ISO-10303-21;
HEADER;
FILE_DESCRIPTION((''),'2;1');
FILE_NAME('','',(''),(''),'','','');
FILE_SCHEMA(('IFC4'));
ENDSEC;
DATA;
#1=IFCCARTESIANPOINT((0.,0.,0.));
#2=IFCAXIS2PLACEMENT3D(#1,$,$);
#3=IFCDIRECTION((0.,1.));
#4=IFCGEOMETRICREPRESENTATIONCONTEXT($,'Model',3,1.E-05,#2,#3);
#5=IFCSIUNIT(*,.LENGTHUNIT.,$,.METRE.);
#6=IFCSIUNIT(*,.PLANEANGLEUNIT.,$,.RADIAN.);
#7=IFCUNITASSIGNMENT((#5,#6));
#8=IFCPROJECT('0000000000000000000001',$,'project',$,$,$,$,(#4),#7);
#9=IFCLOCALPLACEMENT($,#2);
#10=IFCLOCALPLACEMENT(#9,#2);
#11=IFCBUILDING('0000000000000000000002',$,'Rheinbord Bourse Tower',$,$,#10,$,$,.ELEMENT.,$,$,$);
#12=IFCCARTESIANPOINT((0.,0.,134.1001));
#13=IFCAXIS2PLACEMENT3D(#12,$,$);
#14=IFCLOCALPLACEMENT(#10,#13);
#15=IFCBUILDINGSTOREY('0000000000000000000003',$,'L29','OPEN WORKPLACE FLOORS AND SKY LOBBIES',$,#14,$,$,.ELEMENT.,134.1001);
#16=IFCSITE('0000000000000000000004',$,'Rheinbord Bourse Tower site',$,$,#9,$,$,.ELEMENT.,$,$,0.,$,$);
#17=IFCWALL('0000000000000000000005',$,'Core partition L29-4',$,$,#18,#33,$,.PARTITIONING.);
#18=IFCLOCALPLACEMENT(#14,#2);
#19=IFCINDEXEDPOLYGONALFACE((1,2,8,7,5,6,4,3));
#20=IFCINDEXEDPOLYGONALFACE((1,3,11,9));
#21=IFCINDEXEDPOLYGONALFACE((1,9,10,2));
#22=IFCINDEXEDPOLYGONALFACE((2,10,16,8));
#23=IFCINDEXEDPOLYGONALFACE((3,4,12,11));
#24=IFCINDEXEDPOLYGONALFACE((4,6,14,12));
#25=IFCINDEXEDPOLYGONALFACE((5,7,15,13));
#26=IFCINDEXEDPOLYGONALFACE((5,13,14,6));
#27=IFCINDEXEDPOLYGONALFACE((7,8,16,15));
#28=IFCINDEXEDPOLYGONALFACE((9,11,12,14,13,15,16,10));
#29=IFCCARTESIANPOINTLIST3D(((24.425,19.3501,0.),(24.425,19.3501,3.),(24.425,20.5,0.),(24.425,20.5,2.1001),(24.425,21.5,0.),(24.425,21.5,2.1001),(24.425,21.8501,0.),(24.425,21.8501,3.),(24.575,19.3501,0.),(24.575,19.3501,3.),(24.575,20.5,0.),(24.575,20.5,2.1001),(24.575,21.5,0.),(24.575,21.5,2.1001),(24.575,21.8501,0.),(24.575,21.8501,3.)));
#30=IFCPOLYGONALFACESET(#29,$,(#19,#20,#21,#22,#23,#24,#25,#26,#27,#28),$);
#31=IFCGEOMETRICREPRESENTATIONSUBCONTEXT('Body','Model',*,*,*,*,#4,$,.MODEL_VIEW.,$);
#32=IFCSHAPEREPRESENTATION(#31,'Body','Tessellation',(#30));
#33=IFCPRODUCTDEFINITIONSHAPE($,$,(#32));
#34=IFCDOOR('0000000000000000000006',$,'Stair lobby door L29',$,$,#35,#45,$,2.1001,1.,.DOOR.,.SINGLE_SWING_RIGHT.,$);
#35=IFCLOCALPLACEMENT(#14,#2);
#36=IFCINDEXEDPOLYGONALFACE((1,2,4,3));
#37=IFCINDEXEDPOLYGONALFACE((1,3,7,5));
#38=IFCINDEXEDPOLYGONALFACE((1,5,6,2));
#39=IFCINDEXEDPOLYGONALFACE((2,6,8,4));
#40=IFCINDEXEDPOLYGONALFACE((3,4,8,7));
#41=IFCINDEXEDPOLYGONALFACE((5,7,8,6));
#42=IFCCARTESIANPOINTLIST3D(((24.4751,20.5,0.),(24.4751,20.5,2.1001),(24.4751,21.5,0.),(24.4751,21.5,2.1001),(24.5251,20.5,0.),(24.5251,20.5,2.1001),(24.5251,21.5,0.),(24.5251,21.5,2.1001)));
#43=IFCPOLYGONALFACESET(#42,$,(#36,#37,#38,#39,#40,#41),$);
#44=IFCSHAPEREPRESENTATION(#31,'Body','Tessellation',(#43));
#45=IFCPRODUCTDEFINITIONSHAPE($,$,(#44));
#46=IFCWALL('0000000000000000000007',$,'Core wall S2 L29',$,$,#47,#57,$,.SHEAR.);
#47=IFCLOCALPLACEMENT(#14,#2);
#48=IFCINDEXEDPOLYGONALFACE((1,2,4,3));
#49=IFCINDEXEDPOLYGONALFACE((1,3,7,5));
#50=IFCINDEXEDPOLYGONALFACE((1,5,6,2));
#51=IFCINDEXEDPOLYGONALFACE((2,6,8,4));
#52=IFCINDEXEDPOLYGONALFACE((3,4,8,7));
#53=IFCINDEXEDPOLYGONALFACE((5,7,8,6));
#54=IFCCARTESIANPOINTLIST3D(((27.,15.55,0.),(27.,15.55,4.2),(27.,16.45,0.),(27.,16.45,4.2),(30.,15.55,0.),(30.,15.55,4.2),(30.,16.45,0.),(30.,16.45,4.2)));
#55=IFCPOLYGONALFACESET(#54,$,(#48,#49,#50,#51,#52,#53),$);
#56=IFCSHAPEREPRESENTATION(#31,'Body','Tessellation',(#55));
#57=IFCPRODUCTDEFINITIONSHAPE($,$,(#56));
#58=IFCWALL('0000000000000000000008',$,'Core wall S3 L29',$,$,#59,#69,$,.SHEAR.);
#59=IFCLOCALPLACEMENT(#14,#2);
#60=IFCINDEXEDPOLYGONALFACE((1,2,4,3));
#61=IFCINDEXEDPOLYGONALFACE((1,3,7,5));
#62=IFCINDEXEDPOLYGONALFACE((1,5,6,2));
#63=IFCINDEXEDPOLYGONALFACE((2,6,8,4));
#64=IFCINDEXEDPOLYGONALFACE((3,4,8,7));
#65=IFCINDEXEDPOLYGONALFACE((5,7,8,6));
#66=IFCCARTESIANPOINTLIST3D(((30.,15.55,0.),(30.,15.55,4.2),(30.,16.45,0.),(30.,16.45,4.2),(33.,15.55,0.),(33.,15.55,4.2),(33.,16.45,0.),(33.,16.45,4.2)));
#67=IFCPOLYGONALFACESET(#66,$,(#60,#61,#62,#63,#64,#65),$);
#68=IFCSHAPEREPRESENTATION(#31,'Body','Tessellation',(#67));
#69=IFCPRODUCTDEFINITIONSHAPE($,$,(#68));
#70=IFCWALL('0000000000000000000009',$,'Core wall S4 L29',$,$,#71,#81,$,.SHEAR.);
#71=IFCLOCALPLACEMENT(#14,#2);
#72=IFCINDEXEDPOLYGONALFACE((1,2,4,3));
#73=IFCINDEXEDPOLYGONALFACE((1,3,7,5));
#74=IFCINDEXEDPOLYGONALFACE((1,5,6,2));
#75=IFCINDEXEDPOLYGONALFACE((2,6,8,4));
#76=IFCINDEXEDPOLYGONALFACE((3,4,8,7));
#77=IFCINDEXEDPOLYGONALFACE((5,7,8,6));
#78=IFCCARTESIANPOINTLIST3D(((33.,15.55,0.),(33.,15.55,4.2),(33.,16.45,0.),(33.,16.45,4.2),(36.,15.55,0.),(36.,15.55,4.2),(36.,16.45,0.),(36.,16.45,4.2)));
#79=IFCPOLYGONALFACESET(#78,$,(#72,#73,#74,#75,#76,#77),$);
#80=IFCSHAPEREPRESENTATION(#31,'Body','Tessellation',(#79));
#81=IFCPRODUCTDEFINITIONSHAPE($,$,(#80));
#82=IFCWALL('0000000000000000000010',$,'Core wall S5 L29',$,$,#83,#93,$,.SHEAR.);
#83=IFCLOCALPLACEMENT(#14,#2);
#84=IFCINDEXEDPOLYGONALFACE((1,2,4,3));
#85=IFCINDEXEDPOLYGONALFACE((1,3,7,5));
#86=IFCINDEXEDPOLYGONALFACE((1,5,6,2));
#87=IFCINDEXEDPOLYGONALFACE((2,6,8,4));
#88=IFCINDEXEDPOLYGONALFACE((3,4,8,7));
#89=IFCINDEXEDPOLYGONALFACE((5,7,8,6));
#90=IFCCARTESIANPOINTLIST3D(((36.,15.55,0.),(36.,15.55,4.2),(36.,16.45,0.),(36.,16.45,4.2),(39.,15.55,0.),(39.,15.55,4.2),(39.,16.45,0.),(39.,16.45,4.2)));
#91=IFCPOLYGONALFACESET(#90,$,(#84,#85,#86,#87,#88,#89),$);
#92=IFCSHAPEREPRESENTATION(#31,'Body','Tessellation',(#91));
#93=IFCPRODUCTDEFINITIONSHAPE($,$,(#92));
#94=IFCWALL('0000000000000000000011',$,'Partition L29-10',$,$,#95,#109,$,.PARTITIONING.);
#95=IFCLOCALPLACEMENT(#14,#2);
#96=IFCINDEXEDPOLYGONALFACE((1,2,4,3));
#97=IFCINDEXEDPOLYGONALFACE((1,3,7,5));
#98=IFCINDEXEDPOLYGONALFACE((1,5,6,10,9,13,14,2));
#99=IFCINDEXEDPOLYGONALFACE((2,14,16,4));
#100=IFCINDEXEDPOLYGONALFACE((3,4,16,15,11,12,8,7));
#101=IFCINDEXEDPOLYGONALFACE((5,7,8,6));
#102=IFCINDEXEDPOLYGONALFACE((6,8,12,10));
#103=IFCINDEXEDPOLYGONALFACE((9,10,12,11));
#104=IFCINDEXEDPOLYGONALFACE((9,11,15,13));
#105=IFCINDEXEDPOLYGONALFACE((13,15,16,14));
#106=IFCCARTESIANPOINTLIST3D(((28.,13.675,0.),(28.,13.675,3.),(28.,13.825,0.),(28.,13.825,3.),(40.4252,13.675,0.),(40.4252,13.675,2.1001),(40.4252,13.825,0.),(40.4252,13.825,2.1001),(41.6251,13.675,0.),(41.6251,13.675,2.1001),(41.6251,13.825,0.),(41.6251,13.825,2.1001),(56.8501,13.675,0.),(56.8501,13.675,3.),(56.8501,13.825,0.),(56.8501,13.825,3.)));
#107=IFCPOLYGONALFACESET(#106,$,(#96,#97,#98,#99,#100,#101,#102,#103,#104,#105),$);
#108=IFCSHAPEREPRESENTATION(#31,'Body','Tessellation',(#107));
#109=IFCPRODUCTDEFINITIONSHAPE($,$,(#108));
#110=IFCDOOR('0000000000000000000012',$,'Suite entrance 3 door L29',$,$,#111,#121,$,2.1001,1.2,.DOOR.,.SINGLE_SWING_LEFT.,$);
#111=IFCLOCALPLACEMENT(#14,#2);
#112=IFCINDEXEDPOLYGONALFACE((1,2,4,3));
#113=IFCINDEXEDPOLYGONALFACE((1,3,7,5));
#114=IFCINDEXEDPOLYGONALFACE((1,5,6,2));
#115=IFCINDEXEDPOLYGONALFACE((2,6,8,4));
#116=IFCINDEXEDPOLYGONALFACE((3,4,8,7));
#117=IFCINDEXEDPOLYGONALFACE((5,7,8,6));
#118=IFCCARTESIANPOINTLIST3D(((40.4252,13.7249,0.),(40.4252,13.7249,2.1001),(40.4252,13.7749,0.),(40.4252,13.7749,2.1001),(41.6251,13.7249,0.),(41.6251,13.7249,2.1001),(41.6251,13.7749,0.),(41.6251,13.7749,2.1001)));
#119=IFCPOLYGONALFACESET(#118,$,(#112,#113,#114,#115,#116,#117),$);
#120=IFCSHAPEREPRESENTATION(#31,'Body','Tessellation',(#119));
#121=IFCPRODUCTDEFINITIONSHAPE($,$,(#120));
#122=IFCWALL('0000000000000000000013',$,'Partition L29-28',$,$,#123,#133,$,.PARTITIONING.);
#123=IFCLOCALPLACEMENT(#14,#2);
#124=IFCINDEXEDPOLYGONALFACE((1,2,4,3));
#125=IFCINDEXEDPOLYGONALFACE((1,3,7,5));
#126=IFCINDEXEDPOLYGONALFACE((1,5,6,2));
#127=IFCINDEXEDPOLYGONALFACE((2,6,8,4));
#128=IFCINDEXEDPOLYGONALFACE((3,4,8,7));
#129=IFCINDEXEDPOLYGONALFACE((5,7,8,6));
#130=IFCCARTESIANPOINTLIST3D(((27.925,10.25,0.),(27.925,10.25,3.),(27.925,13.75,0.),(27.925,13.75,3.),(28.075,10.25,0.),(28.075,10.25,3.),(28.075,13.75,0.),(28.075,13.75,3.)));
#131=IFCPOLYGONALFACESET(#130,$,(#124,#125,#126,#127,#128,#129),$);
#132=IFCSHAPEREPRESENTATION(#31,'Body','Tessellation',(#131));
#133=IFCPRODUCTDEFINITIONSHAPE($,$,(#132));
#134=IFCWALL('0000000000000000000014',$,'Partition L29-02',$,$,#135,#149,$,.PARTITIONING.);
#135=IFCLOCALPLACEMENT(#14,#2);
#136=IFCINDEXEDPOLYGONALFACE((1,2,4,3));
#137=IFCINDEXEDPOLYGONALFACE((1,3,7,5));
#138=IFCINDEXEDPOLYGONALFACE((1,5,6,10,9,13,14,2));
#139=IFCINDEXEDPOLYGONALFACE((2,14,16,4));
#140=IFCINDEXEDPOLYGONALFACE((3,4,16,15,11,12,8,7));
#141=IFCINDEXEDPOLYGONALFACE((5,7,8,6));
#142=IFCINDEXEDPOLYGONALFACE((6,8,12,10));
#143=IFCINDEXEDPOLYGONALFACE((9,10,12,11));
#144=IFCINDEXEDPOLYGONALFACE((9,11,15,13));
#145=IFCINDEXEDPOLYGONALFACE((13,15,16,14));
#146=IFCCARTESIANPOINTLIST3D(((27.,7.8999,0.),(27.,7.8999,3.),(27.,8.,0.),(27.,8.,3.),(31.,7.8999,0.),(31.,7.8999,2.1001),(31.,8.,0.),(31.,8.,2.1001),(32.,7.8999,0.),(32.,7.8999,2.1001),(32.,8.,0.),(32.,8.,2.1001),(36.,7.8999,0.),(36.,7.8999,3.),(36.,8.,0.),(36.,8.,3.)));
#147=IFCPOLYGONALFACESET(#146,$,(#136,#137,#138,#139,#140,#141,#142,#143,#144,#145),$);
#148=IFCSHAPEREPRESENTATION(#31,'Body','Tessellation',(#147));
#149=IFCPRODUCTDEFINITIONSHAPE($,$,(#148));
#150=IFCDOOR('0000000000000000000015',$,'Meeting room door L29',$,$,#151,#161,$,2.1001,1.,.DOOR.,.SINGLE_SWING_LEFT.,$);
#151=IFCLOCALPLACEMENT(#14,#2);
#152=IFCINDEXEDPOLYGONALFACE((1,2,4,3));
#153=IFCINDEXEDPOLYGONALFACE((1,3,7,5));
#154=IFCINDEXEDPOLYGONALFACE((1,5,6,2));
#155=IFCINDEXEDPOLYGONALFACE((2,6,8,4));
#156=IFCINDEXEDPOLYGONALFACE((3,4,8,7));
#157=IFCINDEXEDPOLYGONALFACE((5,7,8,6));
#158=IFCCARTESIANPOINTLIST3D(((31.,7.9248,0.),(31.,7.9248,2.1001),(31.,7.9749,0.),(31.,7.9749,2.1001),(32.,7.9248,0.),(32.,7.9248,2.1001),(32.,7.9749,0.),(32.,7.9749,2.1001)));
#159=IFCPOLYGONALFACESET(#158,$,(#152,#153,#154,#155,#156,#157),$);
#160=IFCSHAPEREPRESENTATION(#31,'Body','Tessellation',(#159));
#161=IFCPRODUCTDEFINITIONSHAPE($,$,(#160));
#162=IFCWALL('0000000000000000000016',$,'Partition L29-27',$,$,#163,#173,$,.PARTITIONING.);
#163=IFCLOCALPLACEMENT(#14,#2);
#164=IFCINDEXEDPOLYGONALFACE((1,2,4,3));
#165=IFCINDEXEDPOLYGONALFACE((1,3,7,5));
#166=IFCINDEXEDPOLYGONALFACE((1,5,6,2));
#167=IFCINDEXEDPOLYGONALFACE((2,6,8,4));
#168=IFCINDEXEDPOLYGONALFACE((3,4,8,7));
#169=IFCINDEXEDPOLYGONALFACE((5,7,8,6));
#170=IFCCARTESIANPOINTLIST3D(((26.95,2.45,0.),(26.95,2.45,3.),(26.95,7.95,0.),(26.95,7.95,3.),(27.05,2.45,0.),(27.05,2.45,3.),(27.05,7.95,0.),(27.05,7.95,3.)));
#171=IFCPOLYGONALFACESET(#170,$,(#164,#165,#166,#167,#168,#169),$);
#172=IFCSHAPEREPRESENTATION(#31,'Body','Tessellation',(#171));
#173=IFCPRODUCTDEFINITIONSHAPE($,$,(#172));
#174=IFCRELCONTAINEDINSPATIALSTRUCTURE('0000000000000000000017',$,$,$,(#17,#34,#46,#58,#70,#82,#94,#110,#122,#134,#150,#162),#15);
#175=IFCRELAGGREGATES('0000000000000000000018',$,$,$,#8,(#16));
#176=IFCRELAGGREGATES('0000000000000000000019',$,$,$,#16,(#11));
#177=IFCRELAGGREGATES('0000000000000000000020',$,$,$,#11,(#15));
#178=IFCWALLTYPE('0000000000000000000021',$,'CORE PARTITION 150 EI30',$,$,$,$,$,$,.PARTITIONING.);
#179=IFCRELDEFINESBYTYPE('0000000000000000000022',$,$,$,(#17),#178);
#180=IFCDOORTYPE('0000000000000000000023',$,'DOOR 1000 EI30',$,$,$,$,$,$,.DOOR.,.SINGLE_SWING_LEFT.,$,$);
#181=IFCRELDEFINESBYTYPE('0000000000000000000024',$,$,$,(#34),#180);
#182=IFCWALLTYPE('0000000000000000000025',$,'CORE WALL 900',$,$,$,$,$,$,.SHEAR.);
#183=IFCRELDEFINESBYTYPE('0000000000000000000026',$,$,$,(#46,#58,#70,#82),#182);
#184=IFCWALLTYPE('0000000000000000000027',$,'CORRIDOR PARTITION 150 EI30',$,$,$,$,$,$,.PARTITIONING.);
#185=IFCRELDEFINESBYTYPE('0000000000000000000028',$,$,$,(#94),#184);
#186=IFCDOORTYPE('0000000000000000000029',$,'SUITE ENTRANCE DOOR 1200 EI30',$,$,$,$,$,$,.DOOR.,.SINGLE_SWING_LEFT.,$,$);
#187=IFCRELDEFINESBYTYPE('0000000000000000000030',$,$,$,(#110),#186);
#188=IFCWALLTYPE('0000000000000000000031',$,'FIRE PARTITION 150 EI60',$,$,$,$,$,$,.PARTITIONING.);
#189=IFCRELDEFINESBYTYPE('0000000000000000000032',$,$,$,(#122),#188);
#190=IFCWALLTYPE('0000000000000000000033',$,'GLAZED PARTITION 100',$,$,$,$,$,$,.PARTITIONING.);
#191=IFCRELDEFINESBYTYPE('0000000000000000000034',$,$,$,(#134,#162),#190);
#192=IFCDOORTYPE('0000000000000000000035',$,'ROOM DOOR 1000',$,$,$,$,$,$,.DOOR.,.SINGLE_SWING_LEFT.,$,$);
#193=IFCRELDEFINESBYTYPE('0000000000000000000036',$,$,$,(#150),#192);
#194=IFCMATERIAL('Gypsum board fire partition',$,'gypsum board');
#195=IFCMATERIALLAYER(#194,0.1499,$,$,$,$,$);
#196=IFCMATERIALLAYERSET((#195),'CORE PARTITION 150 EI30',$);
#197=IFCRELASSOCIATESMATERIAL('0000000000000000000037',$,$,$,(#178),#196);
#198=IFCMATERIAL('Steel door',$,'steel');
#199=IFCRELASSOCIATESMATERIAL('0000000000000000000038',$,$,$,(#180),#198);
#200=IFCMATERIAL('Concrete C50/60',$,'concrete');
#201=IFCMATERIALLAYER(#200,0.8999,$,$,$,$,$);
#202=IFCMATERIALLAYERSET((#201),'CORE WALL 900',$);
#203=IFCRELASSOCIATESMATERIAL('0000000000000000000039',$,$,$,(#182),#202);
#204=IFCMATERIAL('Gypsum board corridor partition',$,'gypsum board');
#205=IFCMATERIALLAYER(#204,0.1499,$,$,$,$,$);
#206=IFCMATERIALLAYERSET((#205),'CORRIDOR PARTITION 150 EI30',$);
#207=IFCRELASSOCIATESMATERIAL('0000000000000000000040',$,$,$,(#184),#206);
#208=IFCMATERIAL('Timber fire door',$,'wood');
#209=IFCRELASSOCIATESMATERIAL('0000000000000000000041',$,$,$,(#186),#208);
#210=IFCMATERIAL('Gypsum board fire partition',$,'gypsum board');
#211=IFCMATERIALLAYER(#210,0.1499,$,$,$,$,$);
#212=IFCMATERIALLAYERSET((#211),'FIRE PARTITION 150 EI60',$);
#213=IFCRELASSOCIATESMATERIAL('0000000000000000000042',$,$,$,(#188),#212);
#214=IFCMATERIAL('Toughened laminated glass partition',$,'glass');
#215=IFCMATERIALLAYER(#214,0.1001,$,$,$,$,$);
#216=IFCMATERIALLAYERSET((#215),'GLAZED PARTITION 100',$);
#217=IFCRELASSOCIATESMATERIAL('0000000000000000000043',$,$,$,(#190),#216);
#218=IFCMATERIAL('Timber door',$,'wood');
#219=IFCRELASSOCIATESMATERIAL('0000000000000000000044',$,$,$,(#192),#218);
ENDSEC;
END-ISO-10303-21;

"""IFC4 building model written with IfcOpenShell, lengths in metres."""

from ifc_helpers import new_model, si_unit, direction, frame, frame_2d, origin, place, context, subcontext, project, spatial, rectangle, extrude, material, layer, layer_set, type_object, element, fill, save


model = new_model("IFC4")

# Units and contexts
model_context = context("Model", 3, precision=1e-05, world=origin(), true_north=direction((0.0, 1.0)))
body_context = subcontext(model_context, "Body", "Model", "MODEL_VIEW")
ifc_project = project(units=[si_unit("LENGTHUNIT", "METRE"), si_unit("PLANEANGLEUNIT", "RADIAN")], contexts=[model_context])

# Site, building, storey
site_placement = place(None, origin())
site = spatial("IfcSite", under=ifc_project, at=site_placement, Name="Rheinbord Bourse Tower site", CompositionType="ELEMENT", RefElevation=0.0)
building_placement = place(site_placement, origin())
building = spatial("IfcBuilding", under=site, at=building_placement, Name="Rheinbord Bourse Tower", CompositionType="ELEMENT")
storey_placement = place(building_placement, frame((0.0, 0.0, 134.1001)))
storey = spatial("IfcBuildingStorey", under=building, at=storey_placement, Name="L29", Description="OPEN WORKPLACE FLOORS AND SKY LOBBIES", CompositionType="ELEMENT", Elevation=134.1001)

# Wall, opening, door
ifc_material_1 = material(Name="Gypsum board fire partition", Category="gypsum board")
ifc_layer_1 = layer(ifc_material_1, 0.1499)
ifc_layer_set_1 = layer_set([ifc_layer_1], Name="CORE PARTITION 150 EI30")
wall_type_1 = type_object("IfcWallType", Name="CORE PARTITION 150 EI30", PredefinedType="PARTITIONING", material=ifc_layer_set_1)
wall_1_placement = place(storey_placement, frame((24.5, 19.3501, 0.0), z_axis=(0.0, 0.0, 1.0), x_axis=(0.0, 1.0, 0.0)))
wall_1 = element("IfcWall", 1, at=wall_1_placement, inside=storey, type_object=wall_type_1, Name="Core partition L29-4", PredefinedType="PARTITIONING", context=body_context, shape_type="SweptSolid", body=[
    extrude(rectangle(XDim=2.5, YDim=0.1499, at=frame_2d((1.25, 0.0))), origin(), (0.0, 0.0, 1.0), 3.0),
])
opening_1_placement = place(wall_1_placement, frame((1.1499, 0.0, 0.0)))
opening_1 = element("IfcOpeningElement", 2, at=opening_1_placement, cuts=wall_1, PredefinedType="OPENING", context=body_context, shape_type="SweptSolid", body=[
    extrude(rectangle(XDim=1.0, YDim=2.1001, at=frame_2d((0.5, 1.05))), frame((0.0, 0.085, 0.0), z_axis=(0.0, -1.0, 0.0), x_axis=(1.0, 0.0, 0.0)), (0.0, 0.0, 1.0), 0.1699),
])
ifc_material_2 = material(Name="Steel door", Category="steel")
door_type_1 = type_object("IfcDoorType", Name="DOOR 1000 EI30", OperationType="SINGLE_SWING_LEFT", PredefinedType="DOOR", material=ifc_material_2)
door_1_placement = place(opening_1_placement, origin())
door_1 = element("IfcDoor", 3, at=door_1_placement, inside=storey, type_object=door_type_1, Name="Stair lobby door L29", OperationType="SINGLE_SWING_RIGHT", OverallHeight=2.1001, OverallWidth=1.0, PredefinedType="DOOR", context=body_context, shape_type="SweptSolid", body=[
    extrude(rectangle(XDim=1.0, YDim=2.1001, at=frame_2d((0.5, 1.05))), frame((0.0, 0.0249, 0.0), z_axis=(0.0, -1.0, 0.0), x_axis=(1.0, 0.0, 0.0)), (0.0, 0.0, 1.0), 0.05),
])
fill(opening_1, door_1)

# Walls
ifc_material_3 = material(Name="Concrete C50/60", Category="concrete")
ifc_layer_2 = layer(ifc_material_3, 0.8999)
ifc_layer_set_2 = layer_set([ifc_layer_2], Name="CORE WALL 900")
wall_type_2 = type_object("IfcWallType", Name="CORE WALL 900", PredefinedType="SHEAR", material=ifc_layer_set_2)
for number, where, z_axis, x_axis, name in (
    (4, (27.0, 16.0, 0.0), (0.0, 0.0, 1.0), (1.0, 0.0, 0.0), "Core wall S2 L29"),
    (5, (30.0, 16.0, 0.0), (0.0, 0.0, 1.0), (1.0, 0.0, 0.0), "Core wall S3 L29"),
    (6, (33.0, 16.0, 0.0), (0.0, 0.0, 1.0), (1.0, 0.0, 0.0), "Core wall S4 L29"),
    (7, (36.0, 16.0, 0.0), (0.0, 0.0, 1.0), (1.0, 0.0, 0.0), "Core wall S5 L29"),
):
    element("IfcWall", number, at=place(storey_placement, frame(where, z_axis=z_axis, x_axis=x_axis)), inside=storey, type_object=wall_type_2, Name=name, PredefinedType="SHEAR", context=body_context, shape_type="SweptSolid", body=[
        extrude(rectangle(XDim=3.0, YDim=0.8999, at=frame_2d((1.5, 0.0))), origin(), (0.0, 0.0, 1.0), 4.2),
    ])

# Wall, opening, door
ifc_material_4 = material(Name="Gypsum board corridor partition", Category="gypsum board")
ifc_layer_3 = layer(ifc_material_4, 0.1499)
ifc_layer_set_3 = layer_set([ifc_layer_3], Name="CORRIDOR PARTITION 150 EI30")
wall_type_3 = type_object("IfcWallType", Name="CORRIDOR PARTITION 150 EI30", PredefinedType="PARTITIONING", material=ifc_layer_set_3)
wall_2_placement = place(storey_placement, frame((28.0, 13.75, 0.0), z_axis=(0.0, 0.0, 1.0), x_axis=(1.0, 0.0, 0.0)))
wall_2 = element("IfcWall", 8, at=wall_2_placement, inside=storey, type_object=wall_type_3, Name="Partition L29-10", PredefinedType="PARTITIONING", context=body_context, shape_type="SweptSolid", body=[
    extrude(rectangle(XDim=28.8501, YDim=0.1499, at=frame_2d((14.425, 0.0))), origin(), (0.0, 0.0, 1.0), 3.0),
])
opening_2_placement = place(wall_2_placement, frame((12.425, 0.0, 0.0)))
opening_2 = element("IfcOpeningElement", 9, at=opening_2_placement, cuts=wall_2, PredefinedType="OPENING", context=body_context, shape_type="SweptSolid", body=[
    extrude(rectangle(XDim=1.2, YDim=2.1001, at=frame_2d((0.6001, 1.05))), frame((0.0, 0.085, 0.0), z_axis=(0.0, -1.0, 0.0), x_axis=(1.0, 0.0, 0.0)), (0.0, 0.0, 1.0), 0.1699),
])
ifc_material_5 = material(Name="Timber fire door", Category="wood")
door_type_2 = type_object("IfcDoorType", Name="SUITE ENTRANCE DOOR 1200 EI30", OperationType="SINGLE_SWING_LEFT", PredefinedType="DOOR", material=ifc_material_5)
door_2_placement = place(opening_2_placement, origin())
door_2 = element("IfcDoor", 10, at=door_2_placement, inside=storey, type_object=door_type_2, Name="Suite entrance 3 door L29", OperationType="SINGLE_SWING_LEFT", OverallHeight=2.1001, OverallWidth=1.2, PredefinedType="DOOR", context=body_context, shape_type="SweptSolid", body=[
    extrude(rectangle(XDim=1.2, YDim=2.1001, at=frame_2d((0.6001, 1.05))), frame((0.0, 0.0249, 0.0), z_axis=(0.0, -1.0, 0.0), x_axis=(1.0, 0.0, 0.0)), (0.0, 0.0, 1.0), 0.05),
])
fill(opening_2, door_2)

# Wall
ifc_material_6 = material(Name="Gypsum board fire partition", Category="gypsum board")
ifc_layer_4 = layer(ifc_material_6, 0.1499)
ifc_layer_set_4 = layer_set([ifc_layer_4], Name="FIRE PARTITION 150 EI60")
wall_type_4 = type_object("IfcWallType", Name="FIRE PARTITION 150 EI60", PredefinedType="PARTITIONING", material=ifc_layer_set_4)
wall_3_placement = place(storey_placement, frame((28.0, 10.25, 0.0), z_axis=(0.0, 0.0, 1.0), x_axis=(0.0, 1.0, 0.0)))
element("IfcWall", 11, at=wall_3_placement, inside=storey, type_object=wall_type_4, Name="Partition L29-28", PredefinedType="PARTITIONING", context=body_context, shape_type="SweptSolid", body=[
    extrude(rectangle(XDim=3.5, YDim=0.1499, at=frame_2d((1.75, 0.0))), origin(), (0.0, 0.0, 1.0), 3.0),
])

# Wall, opening, door
ifc_material_7 = material(Name="Toughened laminated glass partition", Category="glass")
ifc_layer_5 = layer(ifc_material_7, 0.1001)
ifc_layer_set_5 = layer_set([ifc_layer_5], Name="GLAZED PARTITION 100")
wall_type_5 = type_object("IfcWallType", Name="GLAZED PARTITION 100", PredefinedType="PARTITIONING", material=ifc_layer_set_5)
wall_4_placement = place(storey_placement, frame((27.0, 7.95, 0.0), z_axis=(0.0, 0.0, 1.0), x_axis=(1.0, 0.0, 0.0)))
wall_4 = element("IfcWall", 12, at=wall_4_placement, inside=storey, type_object=wall_type_5, Name="Partition L29-02", PredefinedType="PARTITIONING", context=body_context, shape_type="SweptSolid", body=[
    extrude(rectangle(XDim=9.0, YDim=0.1001, at=frame_2d((4.5, 0.0))), origin(), (0.0, 0.0, 1.0), 3.0),
])
opening_3_placement = place(wall_4_placement, frame((4.0, 0.0, 0.0)))
opening_3 = element("IfcOpeningElement", 13, at=opening_3_placement, cuts=wall_4, PredefinedType="OPENING", context=body_context, shape_type="SweptSolid", body=[
    extrude(rectangle(XDim=1.0, YDim=2.1001, at=frame_2d((0.5, 1.05))), frame((0.0, 0.0601, 0.0), z_axis=(0.0, -1.0, 0.0), x_axis=(1.0, 0.0, 0.0)), (0.0, 0.0, 1.0), 0.1201),
])
ifc_material_8 = material(Name="Timber door", Category="wood")
door_type_3 = type_object("IfcDoorType", Name="ROOM DOOR 1000", OperationType="SINGLE_SWING_LEFT", PredefinedType="DOOR", material=ifc_material_8)
door_3_placement = place(opening_3_placement, origin())
door_3 = element("IfcDoor", 14, at=door_3_placement, inside=storey, type_object=door_type_3, Name="Meeting room door L29", OperationType="SINGLE_SWING_LEFT", OverallHeight=2.1001, OverallWidth=1.0, PredefinedType="DOOR", context=body_context, shape_type="SweptSolid", body=[
    extrude(rectangle(XDim=1.0, YDim=2.1001, at=frame_2d((0.5, 1.05))), frame((0.0, 0.0249, 0.0), z_axis=(0.0, -1.0, 0.0), x_axis=(1.0, 0.0, 0.0)), (0.0, 0.0, 1.0), 0.05),
])
fill(opening_3, door_3)

# Wall
wall_5_placement = place(storey_placement, frame((27.0, 2.45, 0.0), z_axis=(0.0, 0.0, 1.0), x_axis=(0.0, 1.0, 0.0)))
element("IfcWall", 15, at=wall_5_placement, inside=storey, type_object=wall_type_5, Name="Partition L29-27", PredefinedType="PARTITIONING", context=body_context, shape_type="SweptSolid", body=[
    extrude(rectangle(XDim=5.5, YDim=0.1001, at=frame_2d((2.75, 0.0))), origin(), (0.0, 0.0, 1.0), 3.0),
])

save(model, "model.ifc")
